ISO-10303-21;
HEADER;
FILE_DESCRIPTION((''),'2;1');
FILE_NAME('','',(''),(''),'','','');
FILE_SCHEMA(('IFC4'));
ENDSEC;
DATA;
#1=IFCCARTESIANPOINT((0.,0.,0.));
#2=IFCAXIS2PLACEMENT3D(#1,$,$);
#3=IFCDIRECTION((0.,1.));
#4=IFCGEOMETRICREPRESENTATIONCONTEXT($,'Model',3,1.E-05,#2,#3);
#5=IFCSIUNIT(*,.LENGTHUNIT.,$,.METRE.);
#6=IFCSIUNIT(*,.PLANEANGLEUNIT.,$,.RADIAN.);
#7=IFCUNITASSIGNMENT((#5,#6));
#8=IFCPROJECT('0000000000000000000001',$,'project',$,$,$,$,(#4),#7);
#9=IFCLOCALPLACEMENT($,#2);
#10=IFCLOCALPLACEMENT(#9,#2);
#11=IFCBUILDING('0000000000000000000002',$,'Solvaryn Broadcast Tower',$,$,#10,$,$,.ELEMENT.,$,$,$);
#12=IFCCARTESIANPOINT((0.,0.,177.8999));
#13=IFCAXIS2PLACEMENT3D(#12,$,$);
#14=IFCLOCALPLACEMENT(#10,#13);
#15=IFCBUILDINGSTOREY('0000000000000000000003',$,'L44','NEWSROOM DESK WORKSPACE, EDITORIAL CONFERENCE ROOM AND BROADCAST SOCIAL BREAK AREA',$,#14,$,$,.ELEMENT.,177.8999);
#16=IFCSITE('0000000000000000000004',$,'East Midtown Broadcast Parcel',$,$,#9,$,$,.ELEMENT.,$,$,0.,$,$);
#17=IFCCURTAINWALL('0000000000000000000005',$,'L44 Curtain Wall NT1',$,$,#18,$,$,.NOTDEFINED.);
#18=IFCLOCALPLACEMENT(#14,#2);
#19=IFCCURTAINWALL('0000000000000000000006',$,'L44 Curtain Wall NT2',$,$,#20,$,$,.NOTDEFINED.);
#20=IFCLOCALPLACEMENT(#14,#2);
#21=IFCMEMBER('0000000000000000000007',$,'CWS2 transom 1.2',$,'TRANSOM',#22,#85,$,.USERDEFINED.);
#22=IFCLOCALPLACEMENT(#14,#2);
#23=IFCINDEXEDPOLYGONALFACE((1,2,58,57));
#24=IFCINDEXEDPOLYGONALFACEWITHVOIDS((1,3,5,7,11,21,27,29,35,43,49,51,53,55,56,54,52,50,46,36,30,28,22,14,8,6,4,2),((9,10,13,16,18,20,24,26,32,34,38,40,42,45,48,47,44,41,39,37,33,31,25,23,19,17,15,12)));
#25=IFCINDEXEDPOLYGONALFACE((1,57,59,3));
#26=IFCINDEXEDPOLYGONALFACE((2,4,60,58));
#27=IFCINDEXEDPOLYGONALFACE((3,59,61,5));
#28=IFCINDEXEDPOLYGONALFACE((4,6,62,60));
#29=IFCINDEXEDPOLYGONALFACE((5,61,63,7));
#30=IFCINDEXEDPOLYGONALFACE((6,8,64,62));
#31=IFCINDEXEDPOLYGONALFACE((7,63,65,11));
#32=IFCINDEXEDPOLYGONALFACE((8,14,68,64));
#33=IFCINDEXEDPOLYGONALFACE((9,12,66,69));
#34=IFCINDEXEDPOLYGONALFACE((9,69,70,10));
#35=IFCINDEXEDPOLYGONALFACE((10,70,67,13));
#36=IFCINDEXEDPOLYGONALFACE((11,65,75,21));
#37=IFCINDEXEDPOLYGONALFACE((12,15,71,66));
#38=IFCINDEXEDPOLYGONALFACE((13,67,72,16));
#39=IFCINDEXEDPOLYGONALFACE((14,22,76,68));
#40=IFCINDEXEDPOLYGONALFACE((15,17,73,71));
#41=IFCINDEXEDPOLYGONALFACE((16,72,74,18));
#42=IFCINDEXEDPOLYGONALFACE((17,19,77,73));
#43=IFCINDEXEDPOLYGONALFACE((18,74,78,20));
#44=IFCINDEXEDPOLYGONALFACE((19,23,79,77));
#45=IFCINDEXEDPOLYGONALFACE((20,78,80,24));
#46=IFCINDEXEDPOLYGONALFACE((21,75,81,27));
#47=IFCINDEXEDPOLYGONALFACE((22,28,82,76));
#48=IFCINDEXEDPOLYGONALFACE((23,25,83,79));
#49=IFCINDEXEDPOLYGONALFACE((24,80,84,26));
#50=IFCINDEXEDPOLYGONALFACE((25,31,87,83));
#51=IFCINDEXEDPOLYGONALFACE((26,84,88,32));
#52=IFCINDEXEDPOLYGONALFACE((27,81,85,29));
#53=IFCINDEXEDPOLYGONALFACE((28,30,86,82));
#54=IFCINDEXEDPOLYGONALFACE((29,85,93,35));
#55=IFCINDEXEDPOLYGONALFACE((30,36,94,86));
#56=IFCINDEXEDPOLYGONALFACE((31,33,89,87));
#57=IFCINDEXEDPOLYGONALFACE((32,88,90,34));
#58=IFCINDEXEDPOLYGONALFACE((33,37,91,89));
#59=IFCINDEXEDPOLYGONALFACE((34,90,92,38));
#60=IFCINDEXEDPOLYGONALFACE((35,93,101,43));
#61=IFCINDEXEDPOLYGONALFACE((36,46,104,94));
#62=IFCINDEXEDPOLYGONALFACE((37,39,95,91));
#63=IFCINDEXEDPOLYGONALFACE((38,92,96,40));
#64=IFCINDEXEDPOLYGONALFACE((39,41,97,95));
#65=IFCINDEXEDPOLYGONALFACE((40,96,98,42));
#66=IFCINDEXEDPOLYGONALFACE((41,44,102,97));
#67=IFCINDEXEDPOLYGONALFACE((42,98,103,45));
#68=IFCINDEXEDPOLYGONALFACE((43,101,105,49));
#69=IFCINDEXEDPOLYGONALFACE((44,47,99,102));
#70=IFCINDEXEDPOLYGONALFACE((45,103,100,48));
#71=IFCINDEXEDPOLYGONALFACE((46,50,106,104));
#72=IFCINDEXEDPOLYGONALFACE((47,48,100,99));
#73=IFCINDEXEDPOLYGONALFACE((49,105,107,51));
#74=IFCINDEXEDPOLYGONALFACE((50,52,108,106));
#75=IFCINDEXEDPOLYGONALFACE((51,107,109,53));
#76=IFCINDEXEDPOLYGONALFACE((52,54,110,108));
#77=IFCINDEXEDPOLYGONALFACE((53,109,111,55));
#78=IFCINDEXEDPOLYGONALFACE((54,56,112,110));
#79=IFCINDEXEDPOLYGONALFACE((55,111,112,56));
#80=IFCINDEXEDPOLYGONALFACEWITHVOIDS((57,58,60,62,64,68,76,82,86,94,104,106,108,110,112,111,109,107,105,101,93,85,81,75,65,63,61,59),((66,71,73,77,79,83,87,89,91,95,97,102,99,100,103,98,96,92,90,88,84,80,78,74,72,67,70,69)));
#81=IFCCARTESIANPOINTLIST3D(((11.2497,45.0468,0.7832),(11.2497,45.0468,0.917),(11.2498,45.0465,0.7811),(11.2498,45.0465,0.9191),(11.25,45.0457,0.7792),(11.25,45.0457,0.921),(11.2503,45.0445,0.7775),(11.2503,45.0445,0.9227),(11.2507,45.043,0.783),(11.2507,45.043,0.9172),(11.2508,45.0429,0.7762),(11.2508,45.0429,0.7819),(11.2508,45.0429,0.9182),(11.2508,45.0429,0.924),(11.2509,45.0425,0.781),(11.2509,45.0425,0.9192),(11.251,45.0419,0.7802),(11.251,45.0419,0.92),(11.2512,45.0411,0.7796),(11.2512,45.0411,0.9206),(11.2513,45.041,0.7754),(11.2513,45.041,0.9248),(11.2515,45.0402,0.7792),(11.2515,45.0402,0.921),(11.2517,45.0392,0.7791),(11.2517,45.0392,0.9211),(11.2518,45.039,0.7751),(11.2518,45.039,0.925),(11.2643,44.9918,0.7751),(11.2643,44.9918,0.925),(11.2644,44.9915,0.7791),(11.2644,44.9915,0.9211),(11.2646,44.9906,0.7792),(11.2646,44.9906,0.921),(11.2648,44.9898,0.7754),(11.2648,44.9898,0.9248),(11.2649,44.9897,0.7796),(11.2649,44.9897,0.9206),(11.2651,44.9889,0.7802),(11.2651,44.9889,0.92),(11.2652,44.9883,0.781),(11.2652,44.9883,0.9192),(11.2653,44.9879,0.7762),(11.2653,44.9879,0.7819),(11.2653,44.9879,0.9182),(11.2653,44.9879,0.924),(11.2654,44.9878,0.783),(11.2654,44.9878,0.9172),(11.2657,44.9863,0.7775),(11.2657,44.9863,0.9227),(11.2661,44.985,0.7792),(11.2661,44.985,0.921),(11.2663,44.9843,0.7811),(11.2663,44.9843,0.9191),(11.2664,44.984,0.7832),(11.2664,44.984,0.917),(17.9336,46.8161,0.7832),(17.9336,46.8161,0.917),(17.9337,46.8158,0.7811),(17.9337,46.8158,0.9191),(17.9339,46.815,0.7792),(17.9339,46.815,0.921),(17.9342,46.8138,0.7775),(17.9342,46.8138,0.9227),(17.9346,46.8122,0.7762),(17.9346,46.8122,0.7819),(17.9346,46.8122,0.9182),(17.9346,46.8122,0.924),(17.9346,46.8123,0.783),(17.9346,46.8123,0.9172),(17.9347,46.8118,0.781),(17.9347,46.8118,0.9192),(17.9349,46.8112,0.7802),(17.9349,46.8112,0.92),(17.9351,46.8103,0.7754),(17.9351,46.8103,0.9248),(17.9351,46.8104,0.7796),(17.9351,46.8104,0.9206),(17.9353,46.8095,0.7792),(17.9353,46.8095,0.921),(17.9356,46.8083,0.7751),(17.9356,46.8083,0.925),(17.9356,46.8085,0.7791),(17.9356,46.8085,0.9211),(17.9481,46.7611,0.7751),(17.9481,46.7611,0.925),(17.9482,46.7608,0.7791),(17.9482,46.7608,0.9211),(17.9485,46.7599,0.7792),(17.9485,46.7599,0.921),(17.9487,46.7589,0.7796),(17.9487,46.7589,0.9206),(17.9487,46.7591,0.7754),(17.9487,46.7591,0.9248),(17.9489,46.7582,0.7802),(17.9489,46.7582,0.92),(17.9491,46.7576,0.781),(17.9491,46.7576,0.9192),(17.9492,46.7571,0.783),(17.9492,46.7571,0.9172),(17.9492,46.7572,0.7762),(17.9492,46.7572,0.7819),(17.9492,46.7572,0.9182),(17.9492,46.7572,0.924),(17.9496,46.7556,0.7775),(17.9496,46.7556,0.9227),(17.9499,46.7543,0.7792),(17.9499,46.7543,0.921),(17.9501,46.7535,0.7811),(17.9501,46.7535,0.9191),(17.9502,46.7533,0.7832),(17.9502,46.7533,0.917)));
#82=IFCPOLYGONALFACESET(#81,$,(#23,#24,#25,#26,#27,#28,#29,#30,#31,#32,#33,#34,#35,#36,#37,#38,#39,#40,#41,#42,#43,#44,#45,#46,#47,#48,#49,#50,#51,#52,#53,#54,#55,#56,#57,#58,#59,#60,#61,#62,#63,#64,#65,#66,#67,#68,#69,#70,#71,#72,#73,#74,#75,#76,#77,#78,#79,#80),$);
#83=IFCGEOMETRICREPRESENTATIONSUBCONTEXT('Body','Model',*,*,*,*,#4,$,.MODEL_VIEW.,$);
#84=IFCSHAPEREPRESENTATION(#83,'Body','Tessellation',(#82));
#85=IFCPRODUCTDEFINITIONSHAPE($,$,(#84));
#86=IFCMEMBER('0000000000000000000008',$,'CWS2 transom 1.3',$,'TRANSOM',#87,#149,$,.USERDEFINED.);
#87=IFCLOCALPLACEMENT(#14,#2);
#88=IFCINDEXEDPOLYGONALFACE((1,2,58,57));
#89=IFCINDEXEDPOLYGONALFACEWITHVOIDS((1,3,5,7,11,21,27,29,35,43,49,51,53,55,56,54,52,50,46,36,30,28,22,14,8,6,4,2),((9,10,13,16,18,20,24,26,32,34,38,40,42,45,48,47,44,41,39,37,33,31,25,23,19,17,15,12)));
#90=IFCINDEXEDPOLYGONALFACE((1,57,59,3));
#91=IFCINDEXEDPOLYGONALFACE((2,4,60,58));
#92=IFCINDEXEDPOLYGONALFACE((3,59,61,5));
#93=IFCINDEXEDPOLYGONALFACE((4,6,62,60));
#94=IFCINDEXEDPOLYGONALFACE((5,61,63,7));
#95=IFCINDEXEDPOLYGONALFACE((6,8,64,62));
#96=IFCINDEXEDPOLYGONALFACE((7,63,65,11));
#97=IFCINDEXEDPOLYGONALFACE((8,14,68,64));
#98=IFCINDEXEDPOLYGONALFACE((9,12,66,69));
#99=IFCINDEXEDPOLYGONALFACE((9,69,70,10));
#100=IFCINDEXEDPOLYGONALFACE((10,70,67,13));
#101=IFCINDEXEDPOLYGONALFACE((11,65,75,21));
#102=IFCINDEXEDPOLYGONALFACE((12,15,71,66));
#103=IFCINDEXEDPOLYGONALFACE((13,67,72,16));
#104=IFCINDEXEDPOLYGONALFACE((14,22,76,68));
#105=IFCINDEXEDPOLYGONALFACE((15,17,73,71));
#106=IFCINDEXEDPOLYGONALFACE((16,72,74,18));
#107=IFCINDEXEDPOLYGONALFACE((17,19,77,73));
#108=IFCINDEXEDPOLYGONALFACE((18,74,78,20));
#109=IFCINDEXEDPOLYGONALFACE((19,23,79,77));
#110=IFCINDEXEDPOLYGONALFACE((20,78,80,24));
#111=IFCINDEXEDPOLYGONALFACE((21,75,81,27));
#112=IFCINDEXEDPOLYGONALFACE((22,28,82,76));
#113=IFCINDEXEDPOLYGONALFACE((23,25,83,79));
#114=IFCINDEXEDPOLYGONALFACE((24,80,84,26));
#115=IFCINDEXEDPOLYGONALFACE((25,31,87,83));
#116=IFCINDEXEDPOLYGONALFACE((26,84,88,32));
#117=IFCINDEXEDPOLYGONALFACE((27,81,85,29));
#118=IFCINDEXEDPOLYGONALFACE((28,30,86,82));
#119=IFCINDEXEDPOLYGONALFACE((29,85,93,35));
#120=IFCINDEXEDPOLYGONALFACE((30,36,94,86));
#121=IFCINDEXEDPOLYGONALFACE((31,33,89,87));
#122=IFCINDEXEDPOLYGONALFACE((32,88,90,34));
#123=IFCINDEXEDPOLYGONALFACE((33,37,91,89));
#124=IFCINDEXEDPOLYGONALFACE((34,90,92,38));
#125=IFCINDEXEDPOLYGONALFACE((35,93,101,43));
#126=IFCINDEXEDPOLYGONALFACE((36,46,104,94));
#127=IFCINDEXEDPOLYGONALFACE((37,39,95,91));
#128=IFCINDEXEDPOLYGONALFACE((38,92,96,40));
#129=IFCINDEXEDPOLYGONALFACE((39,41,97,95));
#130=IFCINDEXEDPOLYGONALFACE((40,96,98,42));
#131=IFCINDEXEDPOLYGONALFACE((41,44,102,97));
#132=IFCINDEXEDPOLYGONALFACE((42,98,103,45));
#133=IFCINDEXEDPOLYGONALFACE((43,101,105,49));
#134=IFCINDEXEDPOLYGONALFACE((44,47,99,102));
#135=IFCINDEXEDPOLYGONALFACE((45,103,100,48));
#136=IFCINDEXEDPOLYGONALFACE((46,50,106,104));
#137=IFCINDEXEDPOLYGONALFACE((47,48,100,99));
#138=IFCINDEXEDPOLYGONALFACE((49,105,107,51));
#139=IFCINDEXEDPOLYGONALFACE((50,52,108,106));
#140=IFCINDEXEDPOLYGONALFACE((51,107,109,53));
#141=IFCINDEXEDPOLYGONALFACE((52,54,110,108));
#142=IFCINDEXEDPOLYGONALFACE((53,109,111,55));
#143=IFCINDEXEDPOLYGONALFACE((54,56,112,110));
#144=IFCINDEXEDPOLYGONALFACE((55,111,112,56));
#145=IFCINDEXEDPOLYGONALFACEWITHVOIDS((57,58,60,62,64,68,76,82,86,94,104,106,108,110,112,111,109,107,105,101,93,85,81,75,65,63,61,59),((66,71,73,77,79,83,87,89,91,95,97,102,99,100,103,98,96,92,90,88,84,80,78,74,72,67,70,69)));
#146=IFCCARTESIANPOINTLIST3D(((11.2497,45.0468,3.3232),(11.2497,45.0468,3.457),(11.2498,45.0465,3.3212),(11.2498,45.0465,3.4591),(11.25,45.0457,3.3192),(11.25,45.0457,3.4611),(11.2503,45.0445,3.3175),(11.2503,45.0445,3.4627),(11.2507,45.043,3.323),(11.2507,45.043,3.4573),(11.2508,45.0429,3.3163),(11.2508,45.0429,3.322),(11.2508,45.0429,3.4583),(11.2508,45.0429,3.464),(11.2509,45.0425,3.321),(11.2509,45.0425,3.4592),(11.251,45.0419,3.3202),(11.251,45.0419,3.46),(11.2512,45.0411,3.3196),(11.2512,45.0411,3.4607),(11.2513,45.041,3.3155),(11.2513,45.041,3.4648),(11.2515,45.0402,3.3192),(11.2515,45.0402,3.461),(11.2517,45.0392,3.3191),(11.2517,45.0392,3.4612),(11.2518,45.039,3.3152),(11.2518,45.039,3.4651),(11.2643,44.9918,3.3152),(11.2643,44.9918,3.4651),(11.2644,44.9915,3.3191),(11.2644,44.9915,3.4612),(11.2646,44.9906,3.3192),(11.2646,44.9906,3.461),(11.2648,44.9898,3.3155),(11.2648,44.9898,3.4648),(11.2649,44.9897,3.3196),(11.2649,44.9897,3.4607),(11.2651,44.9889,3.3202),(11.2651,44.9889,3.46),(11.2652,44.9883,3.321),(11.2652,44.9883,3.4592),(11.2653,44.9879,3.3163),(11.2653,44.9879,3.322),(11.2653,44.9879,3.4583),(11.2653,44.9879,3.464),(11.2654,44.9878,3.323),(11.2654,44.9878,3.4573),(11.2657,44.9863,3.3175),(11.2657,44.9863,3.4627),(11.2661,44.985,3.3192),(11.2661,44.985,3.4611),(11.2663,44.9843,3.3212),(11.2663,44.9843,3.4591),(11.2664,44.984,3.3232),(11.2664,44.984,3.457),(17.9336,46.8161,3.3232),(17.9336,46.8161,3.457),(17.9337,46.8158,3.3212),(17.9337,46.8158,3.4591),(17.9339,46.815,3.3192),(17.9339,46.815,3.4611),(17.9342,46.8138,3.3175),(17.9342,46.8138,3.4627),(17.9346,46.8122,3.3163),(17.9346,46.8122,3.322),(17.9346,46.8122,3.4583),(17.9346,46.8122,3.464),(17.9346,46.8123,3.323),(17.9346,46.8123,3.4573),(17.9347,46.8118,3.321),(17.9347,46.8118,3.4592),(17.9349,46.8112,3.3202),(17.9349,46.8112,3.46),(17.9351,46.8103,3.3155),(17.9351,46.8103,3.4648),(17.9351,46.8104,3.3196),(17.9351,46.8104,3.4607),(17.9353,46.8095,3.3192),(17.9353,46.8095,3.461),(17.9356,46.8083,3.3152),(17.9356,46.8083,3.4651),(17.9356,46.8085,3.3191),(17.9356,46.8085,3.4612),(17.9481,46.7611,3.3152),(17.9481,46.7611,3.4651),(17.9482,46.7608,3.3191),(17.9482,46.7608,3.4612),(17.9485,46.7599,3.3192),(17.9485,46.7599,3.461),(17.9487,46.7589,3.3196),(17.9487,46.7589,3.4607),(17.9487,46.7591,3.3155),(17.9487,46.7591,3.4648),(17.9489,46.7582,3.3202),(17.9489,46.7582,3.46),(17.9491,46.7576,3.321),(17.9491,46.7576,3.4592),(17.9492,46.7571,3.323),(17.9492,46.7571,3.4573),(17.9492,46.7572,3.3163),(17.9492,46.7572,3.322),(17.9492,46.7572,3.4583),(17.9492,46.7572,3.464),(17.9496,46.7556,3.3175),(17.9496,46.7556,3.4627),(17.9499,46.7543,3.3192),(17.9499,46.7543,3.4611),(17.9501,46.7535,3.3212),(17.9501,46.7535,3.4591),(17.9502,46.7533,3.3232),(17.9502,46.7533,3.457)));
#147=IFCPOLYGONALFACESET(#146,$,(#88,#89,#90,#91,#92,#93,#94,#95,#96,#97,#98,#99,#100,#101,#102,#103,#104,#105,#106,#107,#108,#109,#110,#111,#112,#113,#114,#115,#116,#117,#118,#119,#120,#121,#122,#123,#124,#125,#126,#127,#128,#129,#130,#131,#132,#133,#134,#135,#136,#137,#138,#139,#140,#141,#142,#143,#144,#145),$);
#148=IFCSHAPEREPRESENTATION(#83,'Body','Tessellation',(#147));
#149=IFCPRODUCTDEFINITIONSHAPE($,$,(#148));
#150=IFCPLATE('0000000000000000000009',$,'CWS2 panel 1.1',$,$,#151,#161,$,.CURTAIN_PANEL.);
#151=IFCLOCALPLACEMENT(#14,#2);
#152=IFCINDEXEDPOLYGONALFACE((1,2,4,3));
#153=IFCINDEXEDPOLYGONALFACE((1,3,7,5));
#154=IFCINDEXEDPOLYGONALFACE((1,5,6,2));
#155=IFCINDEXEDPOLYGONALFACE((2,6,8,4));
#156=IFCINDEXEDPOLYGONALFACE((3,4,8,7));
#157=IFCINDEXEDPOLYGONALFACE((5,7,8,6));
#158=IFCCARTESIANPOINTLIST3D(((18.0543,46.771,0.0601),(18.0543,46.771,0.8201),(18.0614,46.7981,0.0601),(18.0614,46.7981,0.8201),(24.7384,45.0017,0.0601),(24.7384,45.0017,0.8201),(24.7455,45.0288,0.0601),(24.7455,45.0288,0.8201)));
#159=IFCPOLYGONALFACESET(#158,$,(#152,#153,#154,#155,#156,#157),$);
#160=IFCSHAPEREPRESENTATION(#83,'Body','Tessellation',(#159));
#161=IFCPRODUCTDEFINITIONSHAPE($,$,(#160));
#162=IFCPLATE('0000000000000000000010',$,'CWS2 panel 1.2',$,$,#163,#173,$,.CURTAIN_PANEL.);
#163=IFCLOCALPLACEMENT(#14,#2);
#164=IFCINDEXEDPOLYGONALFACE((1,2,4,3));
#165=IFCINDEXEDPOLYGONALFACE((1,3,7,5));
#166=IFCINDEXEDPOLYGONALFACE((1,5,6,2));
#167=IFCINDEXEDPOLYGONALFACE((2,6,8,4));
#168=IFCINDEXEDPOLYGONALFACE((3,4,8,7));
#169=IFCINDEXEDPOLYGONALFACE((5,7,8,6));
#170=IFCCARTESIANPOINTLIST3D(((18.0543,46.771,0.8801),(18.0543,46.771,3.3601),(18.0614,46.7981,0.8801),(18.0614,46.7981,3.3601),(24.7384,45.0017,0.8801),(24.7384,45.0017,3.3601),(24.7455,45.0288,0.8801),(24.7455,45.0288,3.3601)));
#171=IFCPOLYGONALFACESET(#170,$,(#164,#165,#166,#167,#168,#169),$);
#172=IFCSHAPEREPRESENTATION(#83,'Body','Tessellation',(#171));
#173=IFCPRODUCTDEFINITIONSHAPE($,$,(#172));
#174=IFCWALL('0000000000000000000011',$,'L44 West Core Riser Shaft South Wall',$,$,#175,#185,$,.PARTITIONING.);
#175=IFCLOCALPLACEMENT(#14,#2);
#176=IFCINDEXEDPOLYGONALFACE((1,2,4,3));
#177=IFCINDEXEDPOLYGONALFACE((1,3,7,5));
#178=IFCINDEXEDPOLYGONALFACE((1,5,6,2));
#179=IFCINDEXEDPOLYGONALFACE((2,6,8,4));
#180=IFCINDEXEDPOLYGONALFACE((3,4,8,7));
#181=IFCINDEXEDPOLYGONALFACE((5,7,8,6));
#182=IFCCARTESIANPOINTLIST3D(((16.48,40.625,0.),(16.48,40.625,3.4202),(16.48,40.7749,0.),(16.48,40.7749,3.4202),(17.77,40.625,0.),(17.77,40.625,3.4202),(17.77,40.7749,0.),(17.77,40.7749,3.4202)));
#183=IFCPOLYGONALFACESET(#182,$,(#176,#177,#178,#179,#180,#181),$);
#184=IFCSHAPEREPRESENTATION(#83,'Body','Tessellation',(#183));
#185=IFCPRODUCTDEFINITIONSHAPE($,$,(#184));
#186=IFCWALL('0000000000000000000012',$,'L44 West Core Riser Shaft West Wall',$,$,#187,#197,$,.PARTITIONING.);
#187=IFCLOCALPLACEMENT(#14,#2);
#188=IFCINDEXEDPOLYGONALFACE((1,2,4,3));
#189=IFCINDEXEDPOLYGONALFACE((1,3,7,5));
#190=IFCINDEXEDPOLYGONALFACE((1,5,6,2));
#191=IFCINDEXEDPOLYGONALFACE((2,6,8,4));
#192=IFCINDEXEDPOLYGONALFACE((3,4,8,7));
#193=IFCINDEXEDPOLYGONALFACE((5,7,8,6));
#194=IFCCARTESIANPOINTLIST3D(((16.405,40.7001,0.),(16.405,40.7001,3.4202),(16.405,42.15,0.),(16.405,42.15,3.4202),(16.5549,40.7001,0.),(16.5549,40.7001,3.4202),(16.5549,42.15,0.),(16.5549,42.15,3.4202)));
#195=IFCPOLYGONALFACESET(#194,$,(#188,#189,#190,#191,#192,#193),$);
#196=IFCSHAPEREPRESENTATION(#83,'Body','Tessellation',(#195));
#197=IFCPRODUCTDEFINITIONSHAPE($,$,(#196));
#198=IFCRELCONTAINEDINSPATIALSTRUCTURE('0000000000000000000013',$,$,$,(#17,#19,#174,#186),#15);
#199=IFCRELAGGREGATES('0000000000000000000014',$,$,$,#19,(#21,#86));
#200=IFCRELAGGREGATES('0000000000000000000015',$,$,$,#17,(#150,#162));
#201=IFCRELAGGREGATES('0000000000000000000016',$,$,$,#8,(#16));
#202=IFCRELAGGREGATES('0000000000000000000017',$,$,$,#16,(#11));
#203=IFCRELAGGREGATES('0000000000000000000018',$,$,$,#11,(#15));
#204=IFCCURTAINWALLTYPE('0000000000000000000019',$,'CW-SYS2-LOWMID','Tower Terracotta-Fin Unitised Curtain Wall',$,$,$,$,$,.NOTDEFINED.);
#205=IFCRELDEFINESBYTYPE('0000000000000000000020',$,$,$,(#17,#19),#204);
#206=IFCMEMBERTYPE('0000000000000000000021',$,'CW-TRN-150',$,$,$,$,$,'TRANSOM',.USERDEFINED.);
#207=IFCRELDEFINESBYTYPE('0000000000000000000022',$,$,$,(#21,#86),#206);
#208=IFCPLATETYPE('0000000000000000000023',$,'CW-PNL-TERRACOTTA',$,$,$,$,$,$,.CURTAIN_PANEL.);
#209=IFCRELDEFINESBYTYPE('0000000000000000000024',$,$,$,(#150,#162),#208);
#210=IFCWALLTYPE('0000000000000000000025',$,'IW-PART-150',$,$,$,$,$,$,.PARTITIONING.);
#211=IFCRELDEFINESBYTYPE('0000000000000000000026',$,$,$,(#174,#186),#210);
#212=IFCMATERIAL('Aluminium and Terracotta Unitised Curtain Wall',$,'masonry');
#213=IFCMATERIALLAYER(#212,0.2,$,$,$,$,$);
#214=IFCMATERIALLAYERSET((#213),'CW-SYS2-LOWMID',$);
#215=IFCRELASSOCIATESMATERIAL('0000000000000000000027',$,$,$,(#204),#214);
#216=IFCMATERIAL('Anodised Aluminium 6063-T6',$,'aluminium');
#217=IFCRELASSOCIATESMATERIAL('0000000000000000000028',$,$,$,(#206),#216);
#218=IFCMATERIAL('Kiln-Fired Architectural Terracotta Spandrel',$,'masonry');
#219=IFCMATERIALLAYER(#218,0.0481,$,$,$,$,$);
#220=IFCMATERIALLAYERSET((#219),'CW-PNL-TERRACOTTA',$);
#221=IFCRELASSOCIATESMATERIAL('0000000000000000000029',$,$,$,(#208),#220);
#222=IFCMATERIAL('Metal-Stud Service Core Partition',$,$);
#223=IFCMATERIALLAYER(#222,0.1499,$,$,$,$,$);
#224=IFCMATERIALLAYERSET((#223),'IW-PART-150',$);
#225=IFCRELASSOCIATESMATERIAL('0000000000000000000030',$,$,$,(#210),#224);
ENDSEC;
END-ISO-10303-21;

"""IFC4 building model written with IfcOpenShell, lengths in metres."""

from ifc_helpers import new_model, si_unit, direction, frame, frame_2d, origin, origin_2d, place, context, subcontext, project, spatial, rectangle, hollow_rectangle, extrude, material, layer, layer_set, material_profile, profile_set, type_object, element, aggregate, save


model = new_model("IFC4")

# Units and contexts
model_context = context("Model", 3, precision=1e-05, world=origin(), true_north=direction((0.0, 1.0)))
body_context = subcontext(model_context, "Body", "Model", "MODEL_VIEW")
ifc_project = project(units=[si_unit("LENGTHUNIT", "METRE"), si_unit("PLANEANGLEUNIT", "RADIAN")], contexts=[model_context])

# Site, building, storey
site_placement = place(None, origin())
site = spatial("IfcSite", under=ifc_project, at=site_placement, Name="East Midtown Broadcast Parcel", CompositionType="ELEMENT", RefElevation=0.0)
building_placement = place(site_placement, origin())
building = spatial("IfcBuilding", under=site, at=building_placement, Name="Solvaryn Broadcast Tower", CompositionType="ELEMENT")
storey_placement = place(building_placement, frame((0.0, 0.0, 177.8999)))
storey = spatial("IfcBuildingStorey", under=building, at=storey_placement, Name="L44", Description="NEWSROOM DESK WORKSPACE, EDITORIAL CONFERENCE ROOM AND BROADCAST SOCIAL BREAK AREA", CompositionType="ELEMENT", Elevation=177.8999)

# Curtain wall
ifc_material_1 = material(Name="Aluminium and Terracotta Unitised Curtain Wall", Category="masonry")
ifc_layer_1 = layer(ifc_material_1, 0.2)
ifc_layer_set_1 = layer_set([ifc_layer_1], Name="CW-SYS2-LOWMID")
curtain_wall_type = type_object("IfcCurtainWallType", Name="CW-SYS2-LOWMID", Description="Tower Terracotta-Fin Unitised Curtain Wall", PredefinedType="NOTDEFINED", material=ifc_layer_set_1)
curtain_wall_1_placement = place(storey_placement, origin())
curtain_wall_1 = element("IfcCurtainWall", 1, at=curtain_wall_1_placement, inside=storey, type_object=curtain_wall_type, Name="L44 Curtain Wall NT1", PredefinedType="NOTDEFINED")

# Curtain wall, members
curtain_wall_2_placement = place(storey_placement, origin())
curtain_wall_2 = element("IfcCurtainWall", 2, at=curtain_wall_2_placement, inside=storey, type_object=curtain_wall_type, Name="L44 Curtain Wall NT2", PredefinedType="NOTDEFINED")
ifc_material_2 = material(Name="Anodised Aluminium 6063-T6", Category="aluminium")
ifc_material_profile_1 = material_profile(ifc_material_2, hollow_rectangle(XDim=0.0649, YDim=0.1499, WallThickness=0.0039, InnerFilletRadius=0.0039, OuterFilletRadius=0.0081, at=origin_2d()))
ifc_profile_set_1 = profile_set([ifc_material_profile_1], Name="Anodised Aluminium 6063-T6")
member_type_1 = type_object("IfcMemberType", Name="CW-TRN-150", ElementType="TRANSOM", PredefinedType="USERDEFINED", material=ifc_profile_set_1)
member_1_placement = place(storey_placement, frame((17.9419, 46.7847, 0.8501), z_axis=(-0.966704, -0.255897, 0.0), x_axis=(0.255897, -0.966704, 0.0)))
member_1 = element("IfcMember", 3, at=member_1_placement, type_object=member_type_1, Name="CWS2 transom 1.2", ObjectType="TRANSOM", PredefinedType="USERDEFINED", context=body_context, shape_type="SweptSolid", body=[
    extrude(hollow_rectangle(XDim=0.0649, YDim=0.1499, WallThickness=0.0039, InnerFilletRadius=0.0039, OuterFilletRadius=0.0081, at=origin_2d()), origin(), (0.0, 0.0, 1.0), 6.9141),
])
member_2_placement = place(storey_placement, frame((17.9419, 46.7847, 3.3901), z_axis=(-0.966704, -0.255897, 0.0), x_axis=(0.255897, -0.966704, 0.0)))
member_2 = element("IfcMember", 4, at=member_2_placement, type_object=member_type_1, Name="CWS2 transom 1.3", ObjectType="TRANSOM", PredefinedType="USERDEFINED", context=body_context, shape_type="SweptSolid", body=[
    extrude(hollow_rectangle(XDim=0.0649, YDim=0.1499, WallThickness=0.0039, InnerFilletRadius=0.0039, OuterFilletRadius=0.0081, at=origin_2d()), origin(), (0.0, 0.0, 1.0), 6.9141),
])
aggregate(curtain_wall_2, [member_1, member_2])

# Plates
ifc_material_3 = material(Name="Kiln-Fired Architectural Terracotta Spandrel", Category="masonry")
ifc_layer_2 = layer(ifc_material_3, 0.0481)
ifc_layer_set_2 = layer_set([ifc_layer_2], Name="CW-PNL-TERRACOTTA")
plate_type = type_object("IfcPlateType", Name="CW-PNL-TERRACOTTA", PredefinedType="CURTAIN_PANEL", material=ifc_layer_set_2)
plate_1_placement = place(storey_placement, frame((21.3999, 45.8999, 0.0601), z_axis=(0.0, 0.0, 1.0), x_axis=(-0.966705, 0.255893, 0.0)))
plate_1 = element("IfcPlate", 5, at=plate_1_placement, type_object=plate_type, Name="CWS2 panel 1.1", PredefinedType="CURTAIN_PANEL", context=body_context, shape_type="SweptSolid", body=[
    extrude(rectangle(XDim=6.9143, YDim=0.0281, at=origin_2d()), origin(), (0.0, 0.0, 1.0), 0.76),
])
plate_2_placement = place(storey_placement, frame((21.3999, 45.8999, 0.8801), z_axis=(0.0, 0.0, 1.0), x_axis=(-0.966705, 0.255893, 0.0)))
plate_2 = element("IfcPlate", 6, at=plate_2_placement, type_object=plate_type, Name="CWS2 panel 1.2", PredefinedType="CURTAIN_PANEL", context=body_context, shape_type="SweptSolid", body=[
    extrude(rectangle(XDim=6.9143, YDim=0.0281, at=origin_2d()), origin(), (0.0, 0.0, 1.0), 2.48),
])
aggregate(curtain_wall_1, [plate_1, plate_2])

# Walls
ifc_material_4 = material(Name="Metal-Stud Service Core Partition")
ifc_layer_3 = layer(ifc_material_4, 0.1499)
ifc_layer_set_3 = layer_set([ifc_layer_3], Name="IW-PART-150")
wall_type_1 = type_object("IfcWallType", Name="IW-PART-150", PredefinedType="PARTITIONING", material=ifc_layer_set_3)
wall_1_placement = place(storey_placement, frame((16.48, 40.7, 0.0), z_axis=(0.0, 0.0, 1.0), x_axis=(1.0, 0.0, 0.0)))
element("IfcWall", 7, at=wall_1_placement, inside=storey, type_object=wall_type_1, Name="L44 West Core Riser Shaft South Wall", PredefinedType="PARTITIONING", context=body_context, shape_type="SweptSolid", body=[
    extrude(rectangle(XDim=1.29, YDim=0.1499, at=frame_2d((0.645, 0.0))), origin(), (0.0, 0.0, 1.0), 3.4202),
])
wall_2_placement = place(storey_placement, frame((16.48, 40.7, 0.0), z_axis=(0.0, 0.0, 1.0), x_axis=(0.0, 1.0, 0.0)))
element("IfcWall", 8, at=wall_2_placement, inside=storey, type_object=wall_type_1, Name="L44 West Core Riser Shaft West Wall", PredefinedType="PARTITIONING", context=body_context, shape_type="SweptSolid", body=[
    extrude(rectangle(XDim=1.45, YDim=0.1499, at=frame_2d((0.7251, 0.0))), origin(), (0.0, 0.0, 1.0), 3.4202),
])

save(model, "model.ifc")
